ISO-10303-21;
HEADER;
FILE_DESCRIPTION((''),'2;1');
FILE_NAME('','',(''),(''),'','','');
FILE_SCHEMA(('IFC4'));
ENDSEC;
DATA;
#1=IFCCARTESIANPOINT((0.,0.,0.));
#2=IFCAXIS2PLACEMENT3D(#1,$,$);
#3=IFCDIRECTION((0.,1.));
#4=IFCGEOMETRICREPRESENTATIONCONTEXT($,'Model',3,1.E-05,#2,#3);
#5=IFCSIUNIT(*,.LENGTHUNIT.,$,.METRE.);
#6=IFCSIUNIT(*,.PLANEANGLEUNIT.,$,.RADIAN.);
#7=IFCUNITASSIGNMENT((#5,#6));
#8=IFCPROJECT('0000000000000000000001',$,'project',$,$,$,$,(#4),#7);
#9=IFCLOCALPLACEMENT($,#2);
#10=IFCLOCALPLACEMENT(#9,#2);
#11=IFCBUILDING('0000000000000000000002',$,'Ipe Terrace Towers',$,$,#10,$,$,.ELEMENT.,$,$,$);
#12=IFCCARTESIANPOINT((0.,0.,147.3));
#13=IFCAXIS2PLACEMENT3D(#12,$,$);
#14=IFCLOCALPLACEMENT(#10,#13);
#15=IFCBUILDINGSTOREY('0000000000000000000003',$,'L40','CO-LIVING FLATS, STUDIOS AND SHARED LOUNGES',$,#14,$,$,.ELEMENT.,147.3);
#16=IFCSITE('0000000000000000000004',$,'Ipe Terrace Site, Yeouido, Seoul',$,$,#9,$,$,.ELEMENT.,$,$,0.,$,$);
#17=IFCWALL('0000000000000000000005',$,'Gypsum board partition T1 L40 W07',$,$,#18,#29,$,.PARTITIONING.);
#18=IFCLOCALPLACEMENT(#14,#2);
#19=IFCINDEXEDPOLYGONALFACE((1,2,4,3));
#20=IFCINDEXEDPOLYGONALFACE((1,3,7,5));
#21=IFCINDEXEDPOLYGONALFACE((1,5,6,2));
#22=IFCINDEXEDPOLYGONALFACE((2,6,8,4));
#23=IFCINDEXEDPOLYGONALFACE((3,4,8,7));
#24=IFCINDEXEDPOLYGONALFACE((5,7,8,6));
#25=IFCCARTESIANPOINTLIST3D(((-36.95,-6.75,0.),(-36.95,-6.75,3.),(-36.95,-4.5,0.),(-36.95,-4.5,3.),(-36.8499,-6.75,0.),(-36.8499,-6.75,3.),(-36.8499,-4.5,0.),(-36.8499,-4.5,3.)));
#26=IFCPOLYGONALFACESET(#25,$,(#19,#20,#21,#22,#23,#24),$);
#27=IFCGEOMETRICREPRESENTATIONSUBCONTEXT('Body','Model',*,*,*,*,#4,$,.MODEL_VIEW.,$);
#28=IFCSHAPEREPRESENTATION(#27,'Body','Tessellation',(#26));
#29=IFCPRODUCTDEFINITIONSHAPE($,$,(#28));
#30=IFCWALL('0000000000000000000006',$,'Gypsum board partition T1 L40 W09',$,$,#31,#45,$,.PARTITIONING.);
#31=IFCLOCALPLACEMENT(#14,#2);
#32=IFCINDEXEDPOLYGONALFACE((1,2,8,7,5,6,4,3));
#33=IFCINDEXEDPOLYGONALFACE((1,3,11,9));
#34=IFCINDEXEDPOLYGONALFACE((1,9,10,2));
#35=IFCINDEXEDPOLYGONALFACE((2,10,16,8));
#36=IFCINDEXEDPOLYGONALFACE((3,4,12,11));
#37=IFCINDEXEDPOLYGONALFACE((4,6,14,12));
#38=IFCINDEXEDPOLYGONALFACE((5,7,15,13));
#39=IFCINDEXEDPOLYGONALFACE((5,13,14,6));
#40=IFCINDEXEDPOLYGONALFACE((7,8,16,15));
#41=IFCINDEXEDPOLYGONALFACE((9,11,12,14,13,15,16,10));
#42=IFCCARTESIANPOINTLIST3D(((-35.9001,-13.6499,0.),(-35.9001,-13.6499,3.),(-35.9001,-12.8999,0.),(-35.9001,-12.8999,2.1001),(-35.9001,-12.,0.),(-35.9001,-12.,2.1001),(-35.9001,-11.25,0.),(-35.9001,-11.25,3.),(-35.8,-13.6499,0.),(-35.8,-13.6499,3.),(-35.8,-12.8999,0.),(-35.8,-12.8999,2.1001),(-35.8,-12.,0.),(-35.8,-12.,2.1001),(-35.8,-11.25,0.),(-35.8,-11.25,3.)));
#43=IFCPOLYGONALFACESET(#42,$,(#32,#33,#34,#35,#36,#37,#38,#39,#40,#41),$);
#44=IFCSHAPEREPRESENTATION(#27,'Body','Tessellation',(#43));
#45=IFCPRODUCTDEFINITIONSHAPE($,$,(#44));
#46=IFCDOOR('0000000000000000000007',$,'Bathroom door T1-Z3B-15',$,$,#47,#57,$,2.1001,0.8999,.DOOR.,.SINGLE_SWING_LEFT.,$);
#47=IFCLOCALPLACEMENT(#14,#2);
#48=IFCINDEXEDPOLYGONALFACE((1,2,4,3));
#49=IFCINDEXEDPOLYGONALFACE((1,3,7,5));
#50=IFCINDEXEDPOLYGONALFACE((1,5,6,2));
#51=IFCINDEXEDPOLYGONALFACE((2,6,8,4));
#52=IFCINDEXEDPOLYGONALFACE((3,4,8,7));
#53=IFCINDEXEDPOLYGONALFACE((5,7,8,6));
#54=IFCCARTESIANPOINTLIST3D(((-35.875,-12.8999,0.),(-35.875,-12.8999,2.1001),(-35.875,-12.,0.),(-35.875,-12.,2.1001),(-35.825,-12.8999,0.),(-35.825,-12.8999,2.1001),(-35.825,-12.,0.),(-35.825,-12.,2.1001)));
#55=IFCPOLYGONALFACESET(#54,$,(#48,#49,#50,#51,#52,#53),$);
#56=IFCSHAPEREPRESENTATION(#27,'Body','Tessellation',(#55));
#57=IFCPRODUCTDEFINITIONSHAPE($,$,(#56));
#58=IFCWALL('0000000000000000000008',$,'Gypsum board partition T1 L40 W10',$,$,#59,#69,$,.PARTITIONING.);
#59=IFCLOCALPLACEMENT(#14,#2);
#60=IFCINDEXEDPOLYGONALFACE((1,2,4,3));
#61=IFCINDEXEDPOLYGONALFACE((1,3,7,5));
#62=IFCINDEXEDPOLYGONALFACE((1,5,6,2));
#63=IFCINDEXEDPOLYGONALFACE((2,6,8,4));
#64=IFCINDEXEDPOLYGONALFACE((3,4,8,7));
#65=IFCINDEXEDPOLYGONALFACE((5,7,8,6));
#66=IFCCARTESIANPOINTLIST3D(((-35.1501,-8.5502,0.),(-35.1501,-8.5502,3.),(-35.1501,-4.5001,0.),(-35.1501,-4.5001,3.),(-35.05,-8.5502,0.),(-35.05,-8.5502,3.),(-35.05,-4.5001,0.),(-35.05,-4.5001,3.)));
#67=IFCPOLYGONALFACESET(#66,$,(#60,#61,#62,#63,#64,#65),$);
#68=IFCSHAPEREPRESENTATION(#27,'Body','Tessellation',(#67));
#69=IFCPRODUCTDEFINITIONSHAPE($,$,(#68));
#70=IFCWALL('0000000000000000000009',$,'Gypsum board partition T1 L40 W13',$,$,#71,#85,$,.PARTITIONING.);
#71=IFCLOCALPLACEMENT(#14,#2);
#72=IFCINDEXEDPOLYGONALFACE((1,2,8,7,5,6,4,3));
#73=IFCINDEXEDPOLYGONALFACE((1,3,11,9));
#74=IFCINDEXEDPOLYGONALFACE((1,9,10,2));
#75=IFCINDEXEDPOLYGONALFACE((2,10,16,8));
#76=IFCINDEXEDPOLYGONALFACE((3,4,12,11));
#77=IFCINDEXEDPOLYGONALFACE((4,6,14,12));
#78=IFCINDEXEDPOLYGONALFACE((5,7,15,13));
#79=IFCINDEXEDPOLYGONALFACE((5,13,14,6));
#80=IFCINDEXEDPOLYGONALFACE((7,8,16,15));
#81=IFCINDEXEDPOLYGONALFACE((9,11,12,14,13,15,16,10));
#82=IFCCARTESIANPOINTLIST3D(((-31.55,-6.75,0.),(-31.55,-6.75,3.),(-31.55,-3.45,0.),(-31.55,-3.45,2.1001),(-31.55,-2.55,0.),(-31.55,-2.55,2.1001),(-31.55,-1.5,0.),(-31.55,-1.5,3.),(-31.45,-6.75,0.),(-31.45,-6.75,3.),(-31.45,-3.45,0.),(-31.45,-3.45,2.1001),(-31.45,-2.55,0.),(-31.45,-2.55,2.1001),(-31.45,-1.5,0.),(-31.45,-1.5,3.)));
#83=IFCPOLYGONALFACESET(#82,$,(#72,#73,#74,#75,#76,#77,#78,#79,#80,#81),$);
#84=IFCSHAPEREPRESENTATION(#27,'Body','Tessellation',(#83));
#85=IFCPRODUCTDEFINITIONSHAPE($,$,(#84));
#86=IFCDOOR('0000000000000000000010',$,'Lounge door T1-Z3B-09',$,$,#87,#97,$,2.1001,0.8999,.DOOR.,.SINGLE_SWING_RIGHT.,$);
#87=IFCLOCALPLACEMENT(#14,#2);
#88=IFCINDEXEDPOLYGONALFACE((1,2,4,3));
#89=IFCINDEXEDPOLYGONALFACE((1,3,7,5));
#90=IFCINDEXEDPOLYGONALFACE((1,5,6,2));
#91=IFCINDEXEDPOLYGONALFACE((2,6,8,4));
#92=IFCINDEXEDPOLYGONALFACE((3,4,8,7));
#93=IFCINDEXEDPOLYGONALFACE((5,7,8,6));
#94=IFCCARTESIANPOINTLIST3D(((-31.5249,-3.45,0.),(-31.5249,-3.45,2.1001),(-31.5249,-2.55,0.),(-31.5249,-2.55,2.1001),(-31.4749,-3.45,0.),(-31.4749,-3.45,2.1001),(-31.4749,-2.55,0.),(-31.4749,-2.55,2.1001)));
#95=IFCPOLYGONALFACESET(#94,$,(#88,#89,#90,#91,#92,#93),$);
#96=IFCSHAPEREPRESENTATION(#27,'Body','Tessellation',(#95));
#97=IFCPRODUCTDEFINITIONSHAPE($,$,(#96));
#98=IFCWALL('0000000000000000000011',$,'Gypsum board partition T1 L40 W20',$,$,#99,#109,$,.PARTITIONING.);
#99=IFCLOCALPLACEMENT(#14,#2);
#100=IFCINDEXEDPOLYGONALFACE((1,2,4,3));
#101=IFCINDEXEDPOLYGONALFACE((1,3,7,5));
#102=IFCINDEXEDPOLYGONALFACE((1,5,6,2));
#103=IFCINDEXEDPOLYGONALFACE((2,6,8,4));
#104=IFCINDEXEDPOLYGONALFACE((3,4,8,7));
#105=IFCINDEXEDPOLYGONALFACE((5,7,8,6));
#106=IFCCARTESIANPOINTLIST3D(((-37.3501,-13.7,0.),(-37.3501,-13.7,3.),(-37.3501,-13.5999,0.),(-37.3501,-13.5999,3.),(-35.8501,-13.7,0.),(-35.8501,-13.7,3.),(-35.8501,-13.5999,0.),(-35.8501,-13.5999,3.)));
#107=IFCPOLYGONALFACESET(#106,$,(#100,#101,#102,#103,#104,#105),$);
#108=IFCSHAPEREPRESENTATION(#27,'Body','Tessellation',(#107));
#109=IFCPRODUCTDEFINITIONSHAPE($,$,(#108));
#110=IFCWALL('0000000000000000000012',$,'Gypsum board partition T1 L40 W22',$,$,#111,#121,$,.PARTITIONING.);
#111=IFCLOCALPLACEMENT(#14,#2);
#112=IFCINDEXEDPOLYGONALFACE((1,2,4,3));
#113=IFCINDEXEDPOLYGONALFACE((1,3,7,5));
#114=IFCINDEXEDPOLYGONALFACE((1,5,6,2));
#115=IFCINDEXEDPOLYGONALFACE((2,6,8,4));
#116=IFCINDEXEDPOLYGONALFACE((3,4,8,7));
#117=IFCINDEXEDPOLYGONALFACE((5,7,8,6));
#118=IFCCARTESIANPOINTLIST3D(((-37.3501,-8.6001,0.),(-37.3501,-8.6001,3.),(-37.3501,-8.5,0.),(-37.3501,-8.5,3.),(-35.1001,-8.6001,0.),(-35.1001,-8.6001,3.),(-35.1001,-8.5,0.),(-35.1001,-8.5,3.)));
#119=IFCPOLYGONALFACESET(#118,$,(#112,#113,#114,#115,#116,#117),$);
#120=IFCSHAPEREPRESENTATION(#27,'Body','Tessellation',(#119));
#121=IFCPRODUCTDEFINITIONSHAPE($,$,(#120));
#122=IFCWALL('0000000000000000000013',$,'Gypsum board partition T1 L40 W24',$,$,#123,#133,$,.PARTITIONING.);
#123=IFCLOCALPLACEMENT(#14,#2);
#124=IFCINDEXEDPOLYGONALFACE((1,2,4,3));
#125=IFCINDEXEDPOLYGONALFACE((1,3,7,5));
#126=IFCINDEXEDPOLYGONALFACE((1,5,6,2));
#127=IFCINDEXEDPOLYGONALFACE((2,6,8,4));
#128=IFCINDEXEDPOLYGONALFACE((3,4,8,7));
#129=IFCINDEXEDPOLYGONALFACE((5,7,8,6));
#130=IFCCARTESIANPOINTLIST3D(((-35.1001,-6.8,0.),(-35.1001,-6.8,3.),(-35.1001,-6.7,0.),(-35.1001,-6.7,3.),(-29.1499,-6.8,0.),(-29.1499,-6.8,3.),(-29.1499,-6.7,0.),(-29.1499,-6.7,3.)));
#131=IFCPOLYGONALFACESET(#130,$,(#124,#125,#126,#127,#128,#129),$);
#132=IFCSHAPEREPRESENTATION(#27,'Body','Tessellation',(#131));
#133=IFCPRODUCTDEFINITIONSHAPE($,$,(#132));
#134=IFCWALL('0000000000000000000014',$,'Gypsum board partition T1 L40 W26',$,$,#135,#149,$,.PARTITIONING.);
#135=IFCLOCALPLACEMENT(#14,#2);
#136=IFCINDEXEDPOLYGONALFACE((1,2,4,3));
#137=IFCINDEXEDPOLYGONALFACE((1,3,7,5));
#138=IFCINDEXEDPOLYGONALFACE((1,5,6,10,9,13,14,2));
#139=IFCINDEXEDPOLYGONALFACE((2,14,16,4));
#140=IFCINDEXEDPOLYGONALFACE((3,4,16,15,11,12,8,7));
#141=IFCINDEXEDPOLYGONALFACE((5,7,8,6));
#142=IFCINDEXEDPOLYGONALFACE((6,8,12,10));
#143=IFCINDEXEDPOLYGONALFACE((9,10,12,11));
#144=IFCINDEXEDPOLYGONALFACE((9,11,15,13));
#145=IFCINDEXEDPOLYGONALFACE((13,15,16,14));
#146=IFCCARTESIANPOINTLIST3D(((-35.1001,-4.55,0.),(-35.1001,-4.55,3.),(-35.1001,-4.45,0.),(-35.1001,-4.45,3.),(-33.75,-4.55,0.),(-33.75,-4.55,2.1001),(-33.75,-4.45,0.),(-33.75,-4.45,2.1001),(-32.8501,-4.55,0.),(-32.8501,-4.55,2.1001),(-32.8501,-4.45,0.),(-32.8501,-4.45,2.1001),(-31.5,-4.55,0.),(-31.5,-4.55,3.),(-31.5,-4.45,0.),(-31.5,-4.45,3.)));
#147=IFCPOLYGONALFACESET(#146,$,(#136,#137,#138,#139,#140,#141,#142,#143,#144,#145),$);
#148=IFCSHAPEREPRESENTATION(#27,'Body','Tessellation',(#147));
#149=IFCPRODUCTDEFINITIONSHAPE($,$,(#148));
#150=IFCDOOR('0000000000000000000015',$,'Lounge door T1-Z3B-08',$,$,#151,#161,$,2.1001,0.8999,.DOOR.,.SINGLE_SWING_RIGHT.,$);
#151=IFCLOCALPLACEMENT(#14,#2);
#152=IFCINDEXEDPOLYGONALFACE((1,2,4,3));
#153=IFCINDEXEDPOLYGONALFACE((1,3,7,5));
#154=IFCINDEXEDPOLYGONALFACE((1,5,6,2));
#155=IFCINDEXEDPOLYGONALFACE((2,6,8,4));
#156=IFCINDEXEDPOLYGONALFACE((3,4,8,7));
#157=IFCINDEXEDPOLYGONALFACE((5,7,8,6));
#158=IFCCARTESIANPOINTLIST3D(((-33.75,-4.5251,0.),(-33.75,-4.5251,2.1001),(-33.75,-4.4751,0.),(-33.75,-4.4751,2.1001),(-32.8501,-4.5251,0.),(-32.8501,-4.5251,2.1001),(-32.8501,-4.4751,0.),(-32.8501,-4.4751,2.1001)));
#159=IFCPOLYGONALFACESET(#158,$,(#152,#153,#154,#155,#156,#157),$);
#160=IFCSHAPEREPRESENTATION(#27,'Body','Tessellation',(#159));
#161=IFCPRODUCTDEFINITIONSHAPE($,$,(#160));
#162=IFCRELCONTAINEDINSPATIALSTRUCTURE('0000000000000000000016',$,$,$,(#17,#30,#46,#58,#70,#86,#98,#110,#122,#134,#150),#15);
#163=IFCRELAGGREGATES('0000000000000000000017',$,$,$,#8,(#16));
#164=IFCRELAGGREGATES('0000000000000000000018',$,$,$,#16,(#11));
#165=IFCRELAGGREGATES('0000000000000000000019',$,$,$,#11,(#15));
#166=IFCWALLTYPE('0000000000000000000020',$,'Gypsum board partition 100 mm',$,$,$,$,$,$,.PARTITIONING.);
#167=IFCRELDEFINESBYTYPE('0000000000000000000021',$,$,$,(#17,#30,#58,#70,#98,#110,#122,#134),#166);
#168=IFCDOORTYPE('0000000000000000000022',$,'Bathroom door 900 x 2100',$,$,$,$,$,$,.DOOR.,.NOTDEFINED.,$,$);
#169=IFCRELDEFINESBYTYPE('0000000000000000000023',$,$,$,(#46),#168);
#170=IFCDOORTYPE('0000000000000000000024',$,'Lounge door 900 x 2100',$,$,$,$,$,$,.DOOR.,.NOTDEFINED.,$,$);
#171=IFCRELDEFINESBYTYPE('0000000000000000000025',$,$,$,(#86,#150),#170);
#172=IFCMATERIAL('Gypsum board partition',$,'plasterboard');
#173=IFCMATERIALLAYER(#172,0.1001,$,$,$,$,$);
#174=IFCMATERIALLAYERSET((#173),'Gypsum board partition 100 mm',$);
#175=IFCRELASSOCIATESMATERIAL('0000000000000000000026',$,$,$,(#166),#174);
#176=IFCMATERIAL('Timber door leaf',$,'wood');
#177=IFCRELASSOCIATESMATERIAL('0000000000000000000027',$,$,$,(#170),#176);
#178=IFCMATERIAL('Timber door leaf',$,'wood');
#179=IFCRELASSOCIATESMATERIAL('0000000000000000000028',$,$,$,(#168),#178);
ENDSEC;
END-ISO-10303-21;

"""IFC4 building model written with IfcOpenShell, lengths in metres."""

from ifc_helpers import new_model, si_unit, direction, frame, frame_2d, origin, place, context, subcontext, project, spatial, rectangle, extrude, material, layer, layer_set, type_object, element, fill, save


model = new_model("IFC4")

# Units and contexts
model_context = context("Model", 3, precision=1e-05, world=origin(), true_north=direction((0.0, 1.0)))
body_context = subcontext(model_context, "Body", "Model", "MODEL_VIEW")
ifc_project = project(units=[si_unit("LENGTHUNIT", "METRE"), si_unit("PLANEANGLEUNIT", "RADIAN")], contexts=[model_context])

# Site, building, storey
site_placement = place(None, origin())
site = spatial("IfcSite", under=ifc_project, at=site_placement, Name="Ipe Terrace Site, Yeouido, Seoul", CompositionType="ELEMENT", RefElevation=0.0)
building_placement = place(site_placement, origin())
building = spatial("IfcBuilding", under=site, at=building_placement, Name="Ipe Terrace Towers", CompositionType="ELEMENT")
storey_placement = place(building_placement, frame((0.0, 0.0, 147.3)))
storey = spatial("IfcBuildingStorey", under=building, at=storey_placement, Name="L40", Description="CO-LIVING FLATS, STUDIOS AND SHARED LOUNGES", CompositionType="ELEMENT", Elevation=147.3)

# Shared definitions
ifc_material_1 = material(Name="Gypsum board partition", Category="plasterboard")
ifc_layer_1 = layer(ifc_material_1, 0.1001)
ifc_layer_set_1 = layer_set([ifc_layer_1], Name="Gypsum board partition 100 mm")
wall_type_1 = type_object("IfcWallType", Name="Gypsum board partition 100 mm", PredefinedType="PARTITIONING", material=ifc_layer_set_1)
ifc_material_2 = material(Name="Timber door leaf", Category="wood")
door_type_1 = type_object("IfcDoorType", Name="Lounge door 900 x 2100", OperationType="NOTDEFINED", PredefinedType="DOOR", material=ifc_material_2)

# Wall
wall_1_placement = place(storey_placement, frame((-36.8999, -6.75, 0.0), z_axis=(0.0, 0.0, 1.0), x_axis=(0.0, 1.0, 0.0)))
element("IfcWall", 1, at=wall_1_placement, inside=storey, type_object=wall_type_1, Name="Gypsum board partition T1 L40 W07", PredefinedType="PARTITIONING", context=body_context, shape_type="SweptSolid", body=[
    extrude(rectangle(XDim=2.25, YDim=0.1001, at=frame_2d((1.125, 0.0))), origin(), (0.0, 0.0, 1.0), 3.0),
])

# Wall, opening, door
wall_2_placement = place(storey_placement, frame((-35.8501, -13.6499, 0.0), z_axis=(0.0, 0.0, 1.0), x_axis=(0.0, 1.0, 0.0)))
wall_2 = element("IfcWall", 2, at=wall_2_placement, inside=storey, type_object=wall_type_1, Name="Gypsum board partition T1 L40 W09", PredefinedType="PARTITIONING", context=body_context, shape_type="SweptSolid", body=[
    extrude(rectangle(XDim=2.3999, YDim=0.1001, at=frame_2d((1.2, 0.0))), origin(), (0.0, 0.0, 1.0), 3.0),
])
opening_1_placement = place(wall_2_placement, frame((0.75, 0.0, 0.0)))
opening_1 = element("IfcOpeningElement", 3, at=opening_1_placement, cuts=wall_2, PredefinedType="OPENING", context=body_context, shape_type="SweptSolid", body=[
    extrude(rectangle(XDim=0.8999, YDim=2.1001, at=frame_2d((0.45, 1.05))), frame((0.0, 0.0601, 0.0), z_axis=(0.0, -1.0, 0.0), x_axis=(1.0, 0.0, 0.0)), (0.0, 0.0, 1.0), 0.1201),
])
ifc_material_3 = material(Name="Timber door leaf", Category="wood")
door_type_2 = type_object("IfcDoorType", Name="Bathroom door 900 x 2100", OperationType="NOTDEFINED", PredefinedType="DOOR", material=ifc_material_3)
door_1_placement = place(opening_1_placement, origin())
door_1 = element("IfcDoor", 4, at=door_1_placement, inside=storey, type_object=door_type_2, Name="Bathroom door T1-Z3B-15", OperationType="SINGLE_SWING_LEFT", OverallHeight=2.1001, OverallWidth=0.8999, PredefinedType="DOOR", context=body_context, shape_type="SweptSolid", body=[
    extrude(rectangle(XDim=0.8999, YDim=2.1001, at=frame_2d((0.45, 1.05))), frame((0.0, 0.0249, 0.0), z_axis=(0.0, -1.0, 0.0), x_axis=(1.0, 0.0, 0.0)), (0.0, 0.0, 1.0), 0.05),
])
fill(opening_1, door_1)

# Wall
wall_3_placement = place(storey_placement, frame((-35.1001, -8.55, 0.0), z_axis=(0.0, 0.0, 1.0), x_axis=(0.0, 1.0, 0.0)))
element("IfcWall", 5, at=wall_3_placement, inside=storey, type_object=wall_type_1, Name="Gypsum board partition T1 L40 W10", PredefinedType="PARTITIONING", context=body_context, shape_type="SweptSolid", body=[
    extrude(rectangle(XDim=4.05, YDim=0.1001, at=frame_2d((2.0249, 0.0))), origin(), (0.0, 0.0, 1.0), 3.0),
])

# Wall, opening, door
wall_4_placement = place(storey_placement, frame((-31.5, -6.75, 0.0), z_axis=(0.0, 0.0, 1.0), x_axis=(0.0, 1.0, 0.0)))
wall_4 = element("IfcWall", 6, at=wall_4_placement, inside=storey, type_object=wall_type_1, Name="Gypsum board partition T1 L40 W13", PredefinedType="PARTITIONING", context=body_context, shape_type="SweptSolid", body=[
    extrude(rectangle(XDim=5.25, YDim=0.1001, at=frame_2d((2.625, 0.0))), origin(), (0.0, 0.0, 1.0), 3.0),
])
opening_2_placement = place(wall_4_placement, frame((3.3, 0.0, 0.0)))
opening_2 = element("IfcOpeningElement", 7, at=opening_2_placement, cuts=wall_4, PredefinedType="OPENING", context=body_context, shape_type="SweptSolid", body=[
    extrude(rectangle(XDim=0.8999, YDim=2.1001, at=frame_2d((0.45, 1.05))), frame((0.0, 0.0601, 0.0), z_axis=(0.0, -1.0, 0.0), x_axis=(1.0, 0.0, 0.0)), (0.0, 0.0, 1.0), 0.1201),
])
door_2_placement = place(opening_2_placement, origin())
door_2 = element("IfcDoor", 8, at=door_2_placement, inside=storey, type_object=door_type_1, Name="Lounge door T1-Z3B-09", OperationType="SINGLE_SWING_RIGHT", OverallHeight=2.1001, OverallWidth=0.8999, PredefinedType="DOOR", context=body_context, shape_type="SweptSolid", body=[
    extrude(rectangle(XDim=0.8999, YDim=2.1001, at=frame_2d((0.45, 1.05))), frame((0.0, 0.0249, 0.0), z_axis=(0.0, -1.0, 0.0), x_axis=(1.0, 0.0, 0.0)), (0.0, 0.0, 1.0), 0.05),
])
fill(opening_2, door_2)

# Walls
wall_5_placement = place(storey_placement, frame((-37.3501, -13.6499, 0.0), z_axis=(0.0, 0.0, 1.0), x_axis=(1.0, 0.0, 0.0)))
element("IfcWall", 9, at=wall_5_placement, inside=storey, type_object=wall_type_1, Name="Gypsum board partition T1 L40 W20", PredefinedType="PARTITIONING", context=body_context, shape_type="SweptSolid", body=[
    extrude(rectangle(XDim=1.5, YDim=0.1001, at=frame_2d((0.75, 0.0))), origin(), (0.0, 0.0, 1.0), 3.0),
])
wall_6_placement = place(storey_placement, frame((-37.3501, -8.55, 0.0), z_axis=(0.0, 0.0, 1.0), x_axis=(1.0, 0.0, 0.0)))
element("IfcWall", 10, at=wall_6_placement, inside=storey, type_object=wall_type_1, Name="Gypsum board partition T1 L40 W22", PredefinedType="PARTITIONING", context=body_context, shape_type="SweptSolid", body=[
    extrude(rectangle(XDim=2.25, YDim=0.1001, at=frame_2d((1.125, 0.0))), origin(), (0.0, 0.0, 1.0), 3.0),
])
wall_7_placement = place(storey_placement, frame((-35.1001, -6.75, 0.0), z_axis=(0.0, 0.0, 1.0), x_axis=(1.0, 0.0, 0.0)))
element("IfcWall", 11, at=wall_7_placement, inside=storey, type_object=wall_type_1, Name="Gypsum board partition T1 L40 W24", PredefinedType="PARTITIONING", context=body_context, shape_type="SweptSolid", body=[
    extrude(rectangle(XDim=5.9502, YDim=0.1001, at=frame_2d((2.9751, 0.0))), origin(), (0.0, 0.0, 1.0), 3.0),
])

# Wall, opening, door
wall_8_placement = place(storey_placement, frame((-35.1001, -4.5, 0.0), z_axis=(0.0, 0.0, 1.0), x_axis=(1.0, 0.0, 0.0)))
wall_8 = element("IfcWall", 12, at=wall_8_placement, inside=storey, type_object=wall_type_1, Name="Gypsum board partition T1 L40 W26", PredefinedType="PARTITIONING", context=body_context, shape_type="SweptSolid", body=[
    extrude(rectangle(XDim=3.6001, YDim=0.1001, at=frame_2d((1.8, 0.0))), origin(), (0.0, 0.0, 1.0), 3.0),
])
opening_3_placement = place(wall_8_placement, frame((1.3501, 0.0, 0.0)))
opening_3 = element("IfcOpeningElement", 13, at=opening_3_placement, cuts=wall_8, PredefinedType="OPENING", context=body_context, shape_type="SweptSolid", body=[
    extrude(rectangle(XDim=0.8999, YDim=2.1001, at=frame_2d((0.45, 1.05))), frame((0.0, 0.0601, 0.0), z_axis=(0.0, -1.0, 0.0), x_axis=(1.0, 0.0, 0.0)), (0.0, 0.0, 1.0), 0.1201),
])
door_3_placement = place(opening_3_placement, origin())
door_3 = element("IfcDoor", 14, at=door_3_placement, inside=storey, type_object=door_type_1, Name="Lounge door T1-Z3B-08", OperationType="SINGLE_SWING_RIGHT", OverallHeight=2.1001, OverallWidth=0.8999, PredefinedType="DOOR", context=body_context, shape_type="SweptSolid", body=[
    extrude(rectangle(XDim=0.8999, YDim=2.1001, at=frame_2d((0.45, 1.05))), frame((0.0, 0.0249, 0.0), z_axis=(0.0, -1.0, 0.0), x_axis=(1.0, 0.0, 0.0)), (0.0, 0.0, 1.0), 0.05),
])
fill(opening_3, door_3)

save(model, "model.ifc")
